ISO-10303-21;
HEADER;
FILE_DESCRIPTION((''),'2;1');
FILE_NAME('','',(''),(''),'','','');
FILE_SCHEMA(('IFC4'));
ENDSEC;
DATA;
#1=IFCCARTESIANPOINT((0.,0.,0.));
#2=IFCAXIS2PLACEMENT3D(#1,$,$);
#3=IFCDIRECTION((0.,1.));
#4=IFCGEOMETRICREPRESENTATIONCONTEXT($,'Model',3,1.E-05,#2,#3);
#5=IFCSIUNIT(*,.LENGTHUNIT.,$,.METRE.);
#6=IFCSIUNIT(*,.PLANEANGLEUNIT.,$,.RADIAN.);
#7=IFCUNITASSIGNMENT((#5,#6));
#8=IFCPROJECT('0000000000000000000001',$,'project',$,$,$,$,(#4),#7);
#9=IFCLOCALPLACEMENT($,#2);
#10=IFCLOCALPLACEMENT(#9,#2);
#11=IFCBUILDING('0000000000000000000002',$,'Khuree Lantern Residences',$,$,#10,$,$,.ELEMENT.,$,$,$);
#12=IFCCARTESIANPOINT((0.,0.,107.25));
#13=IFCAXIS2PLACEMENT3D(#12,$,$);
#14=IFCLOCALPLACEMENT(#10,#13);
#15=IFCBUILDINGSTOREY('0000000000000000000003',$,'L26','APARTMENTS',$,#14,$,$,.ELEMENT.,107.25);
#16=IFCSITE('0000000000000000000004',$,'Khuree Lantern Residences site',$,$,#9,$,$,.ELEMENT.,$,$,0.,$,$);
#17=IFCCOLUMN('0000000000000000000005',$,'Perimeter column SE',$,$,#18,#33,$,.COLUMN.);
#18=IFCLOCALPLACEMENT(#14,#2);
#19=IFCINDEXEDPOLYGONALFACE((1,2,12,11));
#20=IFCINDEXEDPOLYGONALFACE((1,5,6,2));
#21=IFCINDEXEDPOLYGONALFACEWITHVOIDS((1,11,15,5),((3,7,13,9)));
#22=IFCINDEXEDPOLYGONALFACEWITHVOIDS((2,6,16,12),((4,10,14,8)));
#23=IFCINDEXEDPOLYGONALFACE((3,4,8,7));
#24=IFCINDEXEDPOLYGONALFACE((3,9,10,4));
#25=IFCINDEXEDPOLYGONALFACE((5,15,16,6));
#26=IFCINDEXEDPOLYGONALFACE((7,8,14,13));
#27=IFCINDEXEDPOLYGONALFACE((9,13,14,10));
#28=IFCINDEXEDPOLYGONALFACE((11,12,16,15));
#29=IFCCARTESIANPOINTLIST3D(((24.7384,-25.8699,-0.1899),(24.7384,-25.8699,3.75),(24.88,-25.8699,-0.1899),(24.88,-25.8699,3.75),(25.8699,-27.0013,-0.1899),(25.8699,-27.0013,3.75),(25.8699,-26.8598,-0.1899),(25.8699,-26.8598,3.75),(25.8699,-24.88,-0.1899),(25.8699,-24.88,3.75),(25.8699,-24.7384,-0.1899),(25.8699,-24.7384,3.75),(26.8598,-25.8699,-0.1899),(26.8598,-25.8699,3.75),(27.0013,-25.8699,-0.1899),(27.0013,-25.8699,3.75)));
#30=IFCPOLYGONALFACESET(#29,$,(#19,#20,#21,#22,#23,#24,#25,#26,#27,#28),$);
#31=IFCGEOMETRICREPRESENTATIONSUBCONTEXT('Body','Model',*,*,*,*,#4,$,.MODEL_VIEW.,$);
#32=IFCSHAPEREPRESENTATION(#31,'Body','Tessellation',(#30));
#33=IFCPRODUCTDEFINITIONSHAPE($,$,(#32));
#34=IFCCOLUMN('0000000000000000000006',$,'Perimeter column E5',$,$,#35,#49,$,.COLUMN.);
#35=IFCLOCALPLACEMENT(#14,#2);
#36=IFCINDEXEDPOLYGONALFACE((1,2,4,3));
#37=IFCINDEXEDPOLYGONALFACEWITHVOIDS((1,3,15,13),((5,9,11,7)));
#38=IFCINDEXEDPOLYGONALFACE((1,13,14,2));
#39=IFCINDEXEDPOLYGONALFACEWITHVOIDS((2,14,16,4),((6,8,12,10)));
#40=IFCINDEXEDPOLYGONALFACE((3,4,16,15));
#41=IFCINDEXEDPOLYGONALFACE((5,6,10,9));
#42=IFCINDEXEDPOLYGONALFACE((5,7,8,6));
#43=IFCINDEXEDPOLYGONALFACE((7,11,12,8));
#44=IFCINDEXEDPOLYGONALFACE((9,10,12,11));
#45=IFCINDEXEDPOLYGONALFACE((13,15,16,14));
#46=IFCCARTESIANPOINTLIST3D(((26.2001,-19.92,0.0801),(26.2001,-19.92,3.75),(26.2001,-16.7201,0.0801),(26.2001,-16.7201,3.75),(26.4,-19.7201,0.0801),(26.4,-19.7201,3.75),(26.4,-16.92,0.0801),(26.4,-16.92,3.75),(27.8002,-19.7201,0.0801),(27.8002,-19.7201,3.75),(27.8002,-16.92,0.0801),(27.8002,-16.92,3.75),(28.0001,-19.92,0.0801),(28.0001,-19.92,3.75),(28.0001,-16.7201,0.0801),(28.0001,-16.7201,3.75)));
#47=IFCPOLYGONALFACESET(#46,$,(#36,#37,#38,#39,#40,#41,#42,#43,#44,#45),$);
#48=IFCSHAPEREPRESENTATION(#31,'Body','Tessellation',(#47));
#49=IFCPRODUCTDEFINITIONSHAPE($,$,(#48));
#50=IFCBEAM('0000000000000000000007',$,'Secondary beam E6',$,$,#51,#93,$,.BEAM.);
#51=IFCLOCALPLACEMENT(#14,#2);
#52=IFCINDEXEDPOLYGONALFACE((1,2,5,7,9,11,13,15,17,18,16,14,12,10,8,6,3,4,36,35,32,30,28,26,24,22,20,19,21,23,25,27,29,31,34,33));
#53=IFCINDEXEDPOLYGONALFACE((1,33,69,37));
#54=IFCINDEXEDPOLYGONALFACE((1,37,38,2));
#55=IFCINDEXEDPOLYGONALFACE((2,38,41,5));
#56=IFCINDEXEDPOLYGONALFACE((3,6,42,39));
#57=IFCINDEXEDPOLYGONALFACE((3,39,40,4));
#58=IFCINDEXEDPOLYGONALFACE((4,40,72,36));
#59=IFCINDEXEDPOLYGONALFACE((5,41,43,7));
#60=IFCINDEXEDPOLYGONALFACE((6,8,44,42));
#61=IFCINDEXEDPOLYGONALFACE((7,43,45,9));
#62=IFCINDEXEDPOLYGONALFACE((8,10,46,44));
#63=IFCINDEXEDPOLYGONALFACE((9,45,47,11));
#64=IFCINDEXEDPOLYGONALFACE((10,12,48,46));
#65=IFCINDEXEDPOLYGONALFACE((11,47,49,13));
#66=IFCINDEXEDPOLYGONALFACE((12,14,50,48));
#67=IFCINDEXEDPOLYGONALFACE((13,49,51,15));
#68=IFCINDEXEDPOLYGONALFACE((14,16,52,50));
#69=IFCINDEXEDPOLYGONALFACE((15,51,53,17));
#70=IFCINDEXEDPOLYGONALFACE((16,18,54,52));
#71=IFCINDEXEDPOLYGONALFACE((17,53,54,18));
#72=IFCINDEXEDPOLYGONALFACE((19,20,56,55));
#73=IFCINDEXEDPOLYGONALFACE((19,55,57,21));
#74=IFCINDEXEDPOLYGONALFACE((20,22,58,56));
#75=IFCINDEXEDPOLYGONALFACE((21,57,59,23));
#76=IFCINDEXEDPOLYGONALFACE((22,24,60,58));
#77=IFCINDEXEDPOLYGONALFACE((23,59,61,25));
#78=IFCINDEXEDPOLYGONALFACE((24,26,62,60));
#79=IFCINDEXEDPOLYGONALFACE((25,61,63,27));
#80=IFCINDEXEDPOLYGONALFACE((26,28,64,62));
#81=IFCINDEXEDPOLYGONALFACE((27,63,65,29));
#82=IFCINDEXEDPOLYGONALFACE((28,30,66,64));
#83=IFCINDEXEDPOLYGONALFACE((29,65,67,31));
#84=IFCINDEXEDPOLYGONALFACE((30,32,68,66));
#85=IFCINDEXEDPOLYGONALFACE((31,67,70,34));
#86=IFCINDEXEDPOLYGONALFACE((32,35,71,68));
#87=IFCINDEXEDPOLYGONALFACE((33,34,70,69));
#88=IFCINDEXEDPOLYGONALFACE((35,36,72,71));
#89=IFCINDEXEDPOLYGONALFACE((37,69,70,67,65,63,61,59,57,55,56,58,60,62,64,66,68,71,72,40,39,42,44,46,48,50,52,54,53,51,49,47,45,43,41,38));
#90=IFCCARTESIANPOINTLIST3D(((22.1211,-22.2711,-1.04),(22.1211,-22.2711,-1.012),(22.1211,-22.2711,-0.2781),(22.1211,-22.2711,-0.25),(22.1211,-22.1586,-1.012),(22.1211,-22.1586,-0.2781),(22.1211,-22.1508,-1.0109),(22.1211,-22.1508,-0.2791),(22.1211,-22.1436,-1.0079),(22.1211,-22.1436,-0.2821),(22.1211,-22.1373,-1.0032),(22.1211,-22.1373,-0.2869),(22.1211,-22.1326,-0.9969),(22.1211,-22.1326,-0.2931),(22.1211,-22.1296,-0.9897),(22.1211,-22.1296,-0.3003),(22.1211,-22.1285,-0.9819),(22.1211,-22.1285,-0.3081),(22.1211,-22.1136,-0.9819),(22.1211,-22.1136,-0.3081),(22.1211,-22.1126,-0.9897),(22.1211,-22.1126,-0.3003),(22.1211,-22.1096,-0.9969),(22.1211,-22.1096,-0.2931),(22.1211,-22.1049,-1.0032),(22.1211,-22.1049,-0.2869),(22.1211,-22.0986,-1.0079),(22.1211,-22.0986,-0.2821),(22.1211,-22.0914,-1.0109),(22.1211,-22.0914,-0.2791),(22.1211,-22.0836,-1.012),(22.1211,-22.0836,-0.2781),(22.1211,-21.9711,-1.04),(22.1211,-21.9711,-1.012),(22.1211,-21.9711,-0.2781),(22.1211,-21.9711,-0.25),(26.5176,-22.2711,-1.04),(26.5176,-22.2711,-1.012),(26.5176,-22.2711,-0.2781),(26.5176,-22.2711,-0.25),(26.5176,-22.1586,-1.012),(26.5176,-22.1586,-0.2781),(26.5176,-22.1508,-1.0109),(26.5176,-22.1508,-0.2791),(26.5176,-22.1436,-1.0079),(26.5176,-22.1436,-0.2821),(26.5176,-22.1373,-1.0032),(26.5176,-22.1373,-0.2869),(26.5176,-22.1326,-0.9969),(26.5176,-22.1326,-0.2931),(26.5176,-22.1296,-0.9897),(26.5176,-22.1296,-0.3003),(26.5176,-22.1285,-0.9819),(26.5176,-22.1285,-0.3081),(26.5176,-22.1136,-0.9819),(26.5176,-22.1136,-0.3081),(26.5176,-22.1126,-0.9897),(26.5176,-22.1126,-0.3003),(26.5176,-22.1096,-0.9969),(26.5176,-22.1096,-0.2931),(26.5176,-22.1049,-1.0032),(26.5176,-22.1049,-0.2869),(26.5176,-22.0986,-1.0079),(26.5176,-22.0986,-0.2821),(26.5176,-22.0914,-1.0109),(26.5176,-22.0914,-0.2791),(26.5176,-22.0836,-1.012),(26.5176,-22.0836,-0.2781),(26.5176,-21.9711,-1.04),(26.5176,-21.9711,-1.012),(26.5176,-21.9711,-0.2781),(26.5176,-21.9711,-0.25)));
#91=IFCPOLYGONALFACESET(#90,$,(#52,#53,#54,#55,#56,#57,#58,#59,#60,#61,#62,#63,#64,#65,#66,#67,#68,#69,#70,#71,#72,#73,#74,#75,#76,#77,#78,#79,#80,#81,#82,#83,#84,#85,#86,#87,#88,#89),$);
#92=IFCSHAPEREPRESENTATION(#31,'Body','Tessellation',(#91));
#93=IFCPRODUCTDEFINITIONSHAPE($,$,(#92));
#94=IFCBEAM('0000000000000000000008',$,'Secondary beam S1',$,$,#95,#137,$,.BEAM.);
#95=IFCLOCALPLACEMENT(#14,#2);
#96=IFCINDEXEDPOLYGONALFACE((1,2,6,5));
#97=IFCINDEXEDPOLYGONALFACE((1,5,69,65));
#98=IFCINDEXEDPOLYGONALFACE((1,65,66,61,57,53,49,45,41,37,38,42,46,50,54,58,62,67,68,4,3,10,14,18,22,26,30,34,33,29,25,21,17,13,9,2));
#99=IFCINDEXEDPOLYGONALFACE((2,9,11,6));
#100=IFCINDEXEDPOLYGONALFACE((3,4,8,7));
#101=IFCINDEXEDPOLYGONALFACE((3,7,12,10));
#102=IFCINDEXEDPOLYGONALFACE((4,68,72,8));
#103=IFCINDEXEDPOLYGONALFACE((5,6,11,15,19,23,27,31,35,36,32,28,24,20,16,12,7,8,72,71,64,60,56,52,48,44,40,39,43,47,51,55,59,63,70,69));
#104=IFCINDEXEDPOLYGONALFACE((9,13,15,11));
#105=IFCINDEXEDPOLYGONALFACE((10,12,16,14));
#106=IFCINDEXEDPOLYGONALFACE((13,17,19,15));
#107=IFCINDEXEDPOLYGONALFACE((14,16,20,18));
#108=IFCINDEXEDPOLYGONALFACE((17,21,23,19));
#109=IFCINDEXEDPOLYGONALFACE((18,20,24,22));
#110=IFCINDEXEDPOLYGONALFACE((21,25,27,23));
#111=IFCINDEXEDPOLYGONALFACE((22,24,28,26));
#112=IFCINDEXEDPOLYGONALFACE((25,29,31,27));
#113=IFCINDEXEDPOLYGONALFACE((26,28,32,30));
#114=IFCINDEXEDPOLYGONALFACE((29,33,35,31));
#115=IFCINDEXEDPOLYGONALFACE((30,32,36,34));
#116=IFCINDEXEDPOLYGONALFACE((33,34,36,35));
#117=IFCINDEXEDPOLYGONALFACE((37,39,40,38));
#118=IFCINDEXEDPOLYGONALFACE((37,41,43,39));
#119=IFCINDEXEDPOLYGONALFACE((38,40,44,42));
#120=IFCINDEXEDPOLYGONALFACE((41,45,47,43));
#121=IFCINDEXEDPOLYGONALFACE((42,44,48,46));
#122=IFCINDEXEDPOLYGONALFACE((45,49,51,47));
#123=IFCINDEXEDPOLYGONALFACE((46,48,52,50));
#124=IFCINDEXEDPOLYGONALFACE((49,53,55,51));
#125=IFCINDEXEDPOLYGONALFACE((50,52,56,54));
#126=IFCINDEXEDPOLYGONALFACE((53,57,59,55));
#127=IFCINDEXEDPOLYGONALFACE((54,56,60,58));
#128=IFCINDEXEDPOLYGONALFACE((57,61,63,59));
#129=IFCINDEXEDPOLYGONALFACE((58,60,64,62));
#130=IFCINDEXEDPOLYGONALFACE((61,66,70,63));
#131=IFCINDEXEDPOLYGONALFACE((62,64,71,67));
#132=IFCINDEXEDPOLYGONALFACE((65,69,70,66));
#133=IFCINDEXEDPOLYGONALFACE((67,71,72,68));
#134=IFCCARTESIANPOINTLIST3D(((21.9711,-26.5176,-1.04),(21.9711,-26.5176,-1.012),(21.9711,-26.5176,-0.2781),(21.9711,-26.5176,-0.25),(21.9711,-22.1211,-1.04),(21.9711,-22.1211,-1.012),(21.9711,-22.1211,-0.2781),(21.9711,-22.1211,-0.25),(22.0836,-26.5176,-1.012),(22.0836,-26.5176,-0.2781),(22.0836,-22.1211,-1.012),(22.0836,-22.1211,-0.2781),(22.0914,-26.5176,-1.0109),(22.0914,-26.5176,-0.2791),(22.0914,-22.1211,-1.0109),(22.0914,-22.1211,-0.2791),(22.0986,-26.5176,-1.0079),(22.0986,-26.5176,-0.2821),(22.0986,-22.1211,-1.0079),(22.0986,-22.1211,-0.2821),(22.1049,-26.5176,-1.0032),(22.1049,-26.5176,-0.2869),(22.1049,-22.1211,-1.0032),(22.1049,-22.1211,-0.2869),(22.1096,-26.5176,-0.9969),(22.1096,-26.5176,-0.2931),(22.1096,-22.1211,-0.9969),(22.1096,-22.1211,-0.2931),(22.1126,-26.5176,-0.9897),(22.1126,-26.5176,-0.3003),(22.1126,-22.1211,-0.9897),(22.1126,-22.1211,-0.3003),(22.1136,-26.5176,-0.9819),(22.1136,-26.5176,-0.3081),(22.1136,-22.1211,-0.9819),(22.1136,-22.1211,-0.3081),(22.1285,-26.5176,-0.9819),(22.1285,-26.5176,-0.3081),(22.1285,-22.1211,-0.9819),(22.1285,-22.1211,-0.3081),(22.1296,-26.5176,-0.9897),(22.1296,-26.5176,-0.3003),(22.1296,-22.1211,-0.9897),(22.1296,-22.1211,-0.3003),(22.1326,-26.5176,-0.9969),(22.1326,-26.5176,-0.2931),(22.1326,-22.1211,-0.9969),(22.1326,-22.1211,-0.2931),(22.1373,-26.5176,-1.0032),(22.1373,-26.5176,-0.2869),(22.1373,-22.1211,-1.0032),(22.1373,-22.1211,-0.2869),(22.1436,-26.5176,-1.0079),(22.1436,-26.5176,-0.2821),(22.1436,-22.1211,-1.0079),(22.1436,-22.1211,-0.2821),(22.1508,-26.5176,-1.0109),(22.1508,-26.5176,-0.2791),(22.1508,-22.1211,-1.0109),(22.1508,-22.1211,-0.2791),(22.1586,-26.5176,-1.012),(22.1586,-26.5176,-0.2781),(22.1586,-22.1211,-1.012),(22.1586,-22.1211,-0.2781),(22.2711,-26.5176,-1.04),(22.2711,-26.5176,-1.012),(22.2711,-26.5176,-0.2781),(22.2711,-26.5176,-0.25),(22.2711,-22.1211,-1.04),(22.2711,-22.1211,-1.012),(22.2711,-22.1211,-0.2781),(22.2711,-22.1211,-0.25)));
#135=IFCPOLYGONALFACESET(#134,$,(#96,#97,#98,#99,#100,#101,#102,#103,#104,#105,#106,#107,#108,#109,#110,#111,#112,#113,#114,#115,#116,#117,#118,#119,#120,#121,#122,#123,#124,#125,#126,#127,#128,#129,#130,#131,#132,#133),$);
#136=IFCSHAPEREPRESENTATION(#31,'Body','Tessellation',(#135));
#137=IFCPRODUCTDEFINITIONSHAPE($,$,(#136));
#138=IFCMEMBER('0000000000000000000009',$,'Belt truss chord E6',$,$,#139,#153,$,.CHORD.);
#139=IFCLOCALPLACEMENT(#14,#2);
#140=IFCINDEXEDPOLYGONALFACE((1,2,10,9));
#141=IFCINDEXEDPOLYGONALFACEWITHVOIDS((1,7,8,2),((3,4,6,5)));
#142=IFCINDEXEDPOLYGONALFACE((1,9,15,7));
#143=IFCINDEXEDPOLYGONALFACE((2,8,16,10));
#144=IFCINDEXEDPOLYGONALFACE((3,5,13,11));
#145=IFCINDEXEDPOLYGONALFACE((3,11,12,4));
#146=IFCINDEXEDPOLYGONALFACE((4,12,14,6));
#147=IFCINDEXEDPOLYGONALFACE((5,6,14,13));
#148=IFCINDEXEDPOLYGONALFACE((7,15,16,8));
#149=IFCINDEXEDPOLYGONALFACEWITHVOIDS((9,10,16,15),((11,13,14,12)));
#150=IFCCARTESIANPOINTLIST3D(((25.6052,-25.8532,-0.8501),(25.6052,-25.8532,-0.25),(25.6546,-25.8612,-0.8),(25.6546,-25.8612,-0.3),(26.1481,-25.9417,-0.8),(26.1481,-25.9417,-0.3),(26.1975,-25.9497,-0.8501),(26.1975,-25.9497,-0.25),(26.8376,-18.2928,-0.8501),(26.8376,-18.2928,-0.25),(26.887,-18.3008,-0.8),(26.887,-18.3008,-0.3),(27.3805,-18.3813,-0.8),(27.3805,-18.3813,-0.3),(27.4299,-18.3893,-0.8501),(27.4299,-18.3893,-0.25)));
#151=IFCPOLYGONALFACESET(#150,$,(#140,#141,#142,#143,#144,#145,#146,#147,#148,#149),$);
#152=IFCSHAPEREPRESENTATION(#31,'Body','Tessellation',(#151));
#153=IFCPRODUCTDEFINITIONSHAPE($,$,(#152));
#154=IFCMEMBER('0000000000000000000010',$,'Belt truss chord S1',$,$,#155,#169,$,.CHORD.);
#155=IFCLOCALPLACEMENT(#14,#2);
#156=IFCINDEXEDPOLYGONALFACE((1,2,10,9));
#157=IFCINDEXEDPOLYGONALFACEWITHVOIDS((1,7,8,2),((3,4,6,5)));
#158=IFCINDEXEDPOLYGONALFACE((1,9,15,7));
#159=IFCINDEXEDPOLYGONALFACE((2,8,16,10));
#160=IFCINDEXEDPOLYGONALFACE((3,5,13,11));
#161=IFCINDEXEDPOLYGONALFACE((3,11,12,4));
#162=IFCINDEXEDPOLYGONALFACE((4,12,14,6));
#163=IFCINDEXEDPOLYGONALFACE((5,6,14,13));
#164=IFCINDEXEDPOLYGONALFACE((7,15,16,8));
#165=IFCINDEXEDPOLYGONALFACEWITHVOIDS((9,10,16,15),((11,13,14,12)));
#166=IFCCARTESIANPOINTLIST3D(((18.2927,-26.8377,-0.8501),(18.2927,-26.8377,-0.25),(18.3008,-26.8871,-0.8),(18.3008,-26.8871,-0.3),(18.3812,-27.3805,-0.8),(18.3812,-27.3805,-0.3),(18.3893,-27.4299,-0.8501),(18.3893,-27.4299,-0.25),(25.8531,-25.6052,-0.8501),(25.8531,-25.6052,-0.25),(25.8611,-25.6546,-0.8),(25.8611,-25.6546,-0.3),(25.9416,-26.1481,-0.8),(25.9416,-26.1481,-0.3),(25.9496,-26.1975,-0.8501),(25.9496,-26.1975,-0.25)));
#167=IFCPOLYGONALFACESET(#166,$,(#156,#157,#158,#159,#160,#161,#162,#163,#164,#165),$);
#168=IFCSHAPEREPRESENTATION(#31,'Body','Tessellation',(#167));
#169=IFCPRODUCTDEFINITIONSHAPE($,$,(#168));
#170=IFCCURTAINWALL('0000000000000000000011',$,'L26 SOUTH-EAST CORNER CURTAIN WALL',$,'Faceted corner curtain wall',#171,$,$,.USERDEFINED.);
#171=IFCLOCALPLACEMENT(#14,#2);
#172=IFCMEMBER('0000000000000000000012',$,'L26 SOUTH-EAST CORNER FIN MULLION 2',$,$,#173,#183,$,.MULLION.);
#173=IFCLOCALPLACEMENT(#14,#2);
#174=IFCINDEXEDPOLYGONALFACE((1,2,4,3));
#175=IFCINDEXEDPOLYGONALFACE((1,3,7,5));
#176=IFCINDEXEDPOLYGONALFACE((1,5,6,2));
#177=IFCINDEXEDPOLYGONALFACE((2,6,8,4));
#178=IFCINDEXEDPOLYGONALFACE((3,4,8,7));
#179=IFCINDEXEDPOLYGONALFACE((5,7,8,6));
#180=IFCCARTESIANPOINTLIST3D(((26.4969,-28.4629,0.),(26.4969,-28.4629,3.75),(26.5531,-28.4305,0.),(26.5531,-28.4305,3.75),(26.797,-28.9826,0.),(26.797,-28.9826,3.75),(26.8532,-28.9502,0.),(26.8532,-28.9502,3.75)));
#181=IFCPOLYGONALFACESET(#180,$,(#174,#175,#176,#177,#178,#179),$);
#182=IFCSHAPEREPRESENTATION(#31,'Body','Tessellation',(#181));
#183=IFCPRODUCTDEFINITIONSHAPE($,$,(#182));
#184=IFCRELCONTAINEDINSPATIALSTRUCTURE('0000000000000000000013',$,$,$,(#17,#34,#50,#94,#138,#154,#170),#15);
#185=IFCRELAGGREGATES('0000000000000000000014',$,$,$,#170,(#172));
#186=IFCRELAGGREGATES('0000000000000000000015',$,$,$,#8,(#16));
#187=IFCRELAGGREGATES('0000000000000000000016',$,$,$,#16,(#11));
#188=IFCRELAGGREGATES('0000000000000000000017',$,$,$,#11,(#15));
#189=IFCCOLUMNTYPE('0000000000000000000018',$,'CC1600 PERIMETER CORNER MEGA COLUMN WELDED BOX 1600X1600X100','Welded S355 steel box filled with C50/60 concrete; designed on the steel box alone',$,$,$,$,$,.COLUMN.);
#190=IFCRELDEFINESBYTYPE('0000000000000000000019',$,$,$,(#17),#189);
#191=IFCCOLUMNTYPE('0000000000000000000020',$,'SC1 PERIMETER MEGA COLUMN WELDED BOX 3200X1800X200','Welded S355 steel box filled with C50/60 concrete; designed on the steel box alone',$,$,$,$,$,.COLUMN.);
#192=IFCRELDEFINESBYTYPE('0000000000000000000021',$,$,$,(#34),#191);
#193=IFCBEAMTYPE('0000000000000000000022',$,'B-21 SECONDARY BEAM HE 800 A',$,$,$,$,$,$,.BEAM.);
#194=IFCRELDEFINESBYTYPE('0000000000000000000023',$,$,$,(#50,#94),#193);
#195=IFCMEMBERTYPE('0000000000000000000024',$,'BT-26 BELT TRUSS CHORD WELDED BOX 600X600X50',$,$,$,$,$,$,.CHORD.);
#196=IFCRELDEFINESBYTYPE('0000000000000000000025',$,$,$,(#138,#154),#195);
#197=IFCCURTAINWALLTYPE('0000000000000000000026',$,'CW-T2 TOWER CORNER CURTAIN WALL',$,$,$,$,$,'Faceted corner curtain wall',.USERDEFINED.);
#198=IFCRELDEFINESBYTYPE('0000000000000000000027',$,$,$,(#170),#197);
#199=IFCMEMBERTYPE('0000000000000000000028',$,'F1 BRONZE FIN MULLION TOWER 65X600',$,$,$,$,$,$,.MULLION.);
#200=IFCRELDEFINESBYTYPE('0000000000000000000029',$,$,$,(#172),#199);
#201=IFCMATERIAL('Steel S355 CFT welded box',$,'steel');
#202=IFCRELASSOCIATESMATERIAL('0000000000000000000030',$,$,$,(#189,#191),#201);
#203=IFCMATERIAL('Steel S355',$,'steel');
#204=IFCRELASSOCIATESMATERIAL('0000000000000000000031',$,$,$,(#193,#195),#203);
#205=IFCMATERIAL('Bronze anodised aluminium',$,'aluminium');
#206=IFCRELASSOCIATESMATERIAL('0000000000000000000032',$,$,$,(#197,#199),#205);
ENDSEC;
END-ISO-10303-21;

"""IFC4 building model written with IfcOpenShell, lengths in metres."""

from ifc_helpers import new_model, si_unit, direction, frame, origin, origin_2d, place, context, subcontext, project, spatial, rectangle, hollow_rectangle, i_section, extrude, material, material_profile, profile_set, type_object, element, aggregate, save


model = new_model("IFC4")

# Units and contexts
model_context = context("Model", 3, precision=1e-05, world=origin(), true_north=direction((0.0, 1.0)))
body_context = subcontext(model_context, "Body", "Model", "MODEL_VIEW")
ifc_project = project(units=[si_unit("LENGTHUNIT", "METRE"), si_unit("PLANEANGLEUNIT", "RADIAN")], contexts=[model_context])

# Site, building, storey
site_placement = place(None, origin())
site = spatial("IfcSite", under=ifc_project, at=site_placement, Name="Khuree Lantern Residences site", CompositionType="ELEMENT", RefElevation=0.0)
building_placement = place(site_placement, origin())
building = spatial("IfcBuilding", under=site, at=building_placement, Name="Khuree Lantern Residences", CompositionType="ELEMENT")
storey_placement = place(building_placement, frame((0.0, 0.0, 107.25)))
storey = spatial("IfcBuildingStorey", under=building, at=storey_placement, Name="L26", Description="APARTMENTS", CompositionType="ELEMENT", Elevation=107.25)

# Columns
ifc_material_1 = material(Name="Steel S355 CFT welded box", Category="steel")
ifc_material_profile_1 = material_profile(ifc_material_1, hollow_rectangle(XDim=1.6001, YDim=1.6001, WallThickness=0.1001, at=origin_2d()), Name="WELDED BOX 1600X1600X100")
ifc_profile_set_1 = profile_set([ifc_material_profile_1], Name="Steel S355 CFT welded box")
column_type_1 = type_object("IfcColumnType", Name="CC1600 PERIMETER CORNER MEGA COLUMN WELDED BOX 1600X1600X100", Description="Welded S355 steel box filled with C50/60 concrete; designed on the steel box alone", PredefinedType="COLUMN", material=ifc_profile_set_1)
column_1_placement = place(storey_placement, frame((25.8699, -25.8699, -0.1899), z_axis=(0.0, 0.0, 1.0), x_axis=(0.707107, 0.707107, 0.0)))
element("IfcColumn", 1, at=column_1_placement, inside=storey, type_object=column_type_1, Name="Perimeter column SE", PredefinedType="COLUMN", context=body_context, shape_type="SweptSolid", body=[
    extrude(hollow_rectangle(XDim=1.6001, YDim=1.6001, WallThickness=0.1001, at=origin_2d()), origin(), (0.0, 0.0, 1.0), 3.9399),
])
ifc_material_profile_2 = material_profile(ifc_material_1, hollow_rectangle(XDim=3.2, YDim=1.8, WallThickness=0.2, at=origin_2d()), Name="WELDED BOX 3200X1800X200")
ifc_profile_set_2 = profile_set([ifc_material_profile_2], Name="Steel S355 CFT welded box")
column_type_2 = type_object("IfcColumnType", Name="SC1 PERIMETER MEGA COLUMN WELDED BOX 3200X1800X200", Description="Welded S355 steel box filled with C50/60 concrete; designed on the steel box alone", PredefinedType="COLUMN", material=ifc_profile_set_2)
column_2_placement = place(storey_placement, frame((27.1001, -18.3201, 0.0801), z_axis=(0.0, 0.0, 1.0), x_axis=(0.0, 1.0, 0.0)))
element("IfcColumn", 2, at=column_2_placement, inside=storey, type_object=column_type_2, Name="Perimeter column E5", PredefinedType="COLUMN", context=body_context, shape_type="SweptSolid", body=[
    extrude(hollow_rectangle(XDim=3.2, YDim=1.8, WallThickness=0.2, at=origin_2d()), origin(), (0.0, 0.0, 1.0), 3.6699),
])

# Beams
ifc_material_2 = material(Name="Steel S355", Category="steel")
ifc_material_profile_3 = material_profile(ifc_material_2, i_section(OverallWidth=0.3, OverallDepth=0.79, WebThickness=0.0149, FlangeThickness=0.0281, FilletRadius=0.03, at=origin_2d()), Name="HE 800 A")
ifc_profile_set_3 = profile_set([ifc_material_profile_3], Name="Steel S355")
beam_type_1 = type_object("IfcBeamType", Name="B-21 SECONDARY BEAM HE 800 A", PredefinedType="BEAM", material=ifc_profile_set_3)
for number, where, z_axis, x_axis, name in (
    (3, (26.5176, -22.1211, -0.645), (-1.0, 0.0, 0.0), (0.0, -1.0, 0.0), "Secondary beam E6"),
    (4, (22.1211, -26.5176, -0.645), (0.0, 1.0, 0.0), (-1.0, 0.0, 0.0), "Secondary beam S1"),
):
    element("IfcBeam", number, at=place(storey_placement, frame(where, z_axis=z_axis, x_axis=x_axis)), inside=storey, type_object=beam_type_1, Name=name, PredefinedType="BEAM", context=body_context, shape_type="SweptSolid", body=[
        extrude(i_section(OverallWidth=0.3, OverallDepth=0.79, WebThickness=0.0149, FlangeThickness=0.0281, FilletRadius=0.03, at=origin_2d()), origin(), (0.0, 0.0, 1.0), 4.3965),
    ])

# Members
ifc_material_profile_4 = material_profile(ifc_material_2, hollow_rectangle(XDim=0.6001, YDim=0.6001, WallThickness=0.05, at=origin_2d()), Name="WELDED BOX 600X600X50")
ifc_profile_set_4 = profile_set([ifc_material_profile_4], Name="Steel S355")
member_type_1 = type_object("IfcMemberType", Name="BT-26 BELT TRUSS CHORD WELDED BOX 600X600X50", PredefinedType="CHORD", material=ifc_profile_set_4)
for number, where, z_axis, x_axis, name in (
    (5, (27.1338, -18.3411, -0.55), (-0.160889, -0.986973, 0.0), (0.986973, -0.160889, 0.0), "Belt truss chord E6"),
    (6, (25.9014, -25.9014, -0.55), (-0.986973, -0.160889, 0.0), (0.160889, -0.986973, 0.0), "Belt truss chord S1"),
):
    element("IfcMember", number, at=place(storey_placement, frame(where, z_axis=z_axis, x_axis=x_axis)), inside=storey, type_object=member_type_1, Name=name, PredefinedType="CHORD", context=body_context, shape_type="SweptSolid", body=[
        extrude(hollow_rectangle(XDim=0.6001, YDim=0.6001, WallThickness=0.05, at=origin_2d()), origin(), (0.0, 0.0, 1.0), 7.6602),
    ])

# Curtain wall, member
ifc_material_3 = material(Name="Bronze anodised aluminium", Category="aluminium")
curtain_wall_type_1 = type_object("IfcCurtainWallType", Name="CW-T2 TOWER CORNER CURTAIN WALL", ElementType="Faceted corner curtain wall", PredefinedType="USERDEFINED", material=ifc_material_3)
curtain_wall_1_placement = place(storey_placement, origin())
curtain_wall_1 = element("IfcCurtainWall", 7, at=curtain_wall_1_placement, inside=storey, type_object=curtain_wall_type_1, Name="L26 SOUTH-EAST CORNER CURTAIN WALL", ObjectType="Faceted corner curtain wall", PredefinedType="USERDEFINED")
ifc_material_profile_5 = material_profile(ifc_material_3, rectangle(XDim=0.0649, YDim=0.6001, at=origin_2d()), Name="F1 65X600")
ifc_profile_set_5 = profile_set([ifc_material_profile_5], Name="Bronze anodised aluminium")
member_type_2 = type_object("IfcMemberType", Name="F1 BRONZE FIN MULLION TOWER 65X600", PredefinedType="MULLION", material=ifc_profile_set_5)
member_1_placement = place(storey_placement, frame((26.675, -28.7065, 0.0), z_axis=(0.0, 0.0, 1.0), x_axis=(0.866025, 0.5, 0.0)))
member_1 = element("IfcMember", 8, at=member_1_placement, type_object=member_type_2, Name="L26 SOUTH-EAST CORNER FIN MULLION 2", PredefinedType="MULLION", context=body_context, shape_type="SweptSolid", body=[
    extrude(rectangle(XDim=0.0649, YDim=0.6001, at=origin_2d()), origin(), (0.0, 0.0, 1.0), 3.75),
])

aggregate(curtain_wall_1, [member_1])

save(model, "model.ifc")
